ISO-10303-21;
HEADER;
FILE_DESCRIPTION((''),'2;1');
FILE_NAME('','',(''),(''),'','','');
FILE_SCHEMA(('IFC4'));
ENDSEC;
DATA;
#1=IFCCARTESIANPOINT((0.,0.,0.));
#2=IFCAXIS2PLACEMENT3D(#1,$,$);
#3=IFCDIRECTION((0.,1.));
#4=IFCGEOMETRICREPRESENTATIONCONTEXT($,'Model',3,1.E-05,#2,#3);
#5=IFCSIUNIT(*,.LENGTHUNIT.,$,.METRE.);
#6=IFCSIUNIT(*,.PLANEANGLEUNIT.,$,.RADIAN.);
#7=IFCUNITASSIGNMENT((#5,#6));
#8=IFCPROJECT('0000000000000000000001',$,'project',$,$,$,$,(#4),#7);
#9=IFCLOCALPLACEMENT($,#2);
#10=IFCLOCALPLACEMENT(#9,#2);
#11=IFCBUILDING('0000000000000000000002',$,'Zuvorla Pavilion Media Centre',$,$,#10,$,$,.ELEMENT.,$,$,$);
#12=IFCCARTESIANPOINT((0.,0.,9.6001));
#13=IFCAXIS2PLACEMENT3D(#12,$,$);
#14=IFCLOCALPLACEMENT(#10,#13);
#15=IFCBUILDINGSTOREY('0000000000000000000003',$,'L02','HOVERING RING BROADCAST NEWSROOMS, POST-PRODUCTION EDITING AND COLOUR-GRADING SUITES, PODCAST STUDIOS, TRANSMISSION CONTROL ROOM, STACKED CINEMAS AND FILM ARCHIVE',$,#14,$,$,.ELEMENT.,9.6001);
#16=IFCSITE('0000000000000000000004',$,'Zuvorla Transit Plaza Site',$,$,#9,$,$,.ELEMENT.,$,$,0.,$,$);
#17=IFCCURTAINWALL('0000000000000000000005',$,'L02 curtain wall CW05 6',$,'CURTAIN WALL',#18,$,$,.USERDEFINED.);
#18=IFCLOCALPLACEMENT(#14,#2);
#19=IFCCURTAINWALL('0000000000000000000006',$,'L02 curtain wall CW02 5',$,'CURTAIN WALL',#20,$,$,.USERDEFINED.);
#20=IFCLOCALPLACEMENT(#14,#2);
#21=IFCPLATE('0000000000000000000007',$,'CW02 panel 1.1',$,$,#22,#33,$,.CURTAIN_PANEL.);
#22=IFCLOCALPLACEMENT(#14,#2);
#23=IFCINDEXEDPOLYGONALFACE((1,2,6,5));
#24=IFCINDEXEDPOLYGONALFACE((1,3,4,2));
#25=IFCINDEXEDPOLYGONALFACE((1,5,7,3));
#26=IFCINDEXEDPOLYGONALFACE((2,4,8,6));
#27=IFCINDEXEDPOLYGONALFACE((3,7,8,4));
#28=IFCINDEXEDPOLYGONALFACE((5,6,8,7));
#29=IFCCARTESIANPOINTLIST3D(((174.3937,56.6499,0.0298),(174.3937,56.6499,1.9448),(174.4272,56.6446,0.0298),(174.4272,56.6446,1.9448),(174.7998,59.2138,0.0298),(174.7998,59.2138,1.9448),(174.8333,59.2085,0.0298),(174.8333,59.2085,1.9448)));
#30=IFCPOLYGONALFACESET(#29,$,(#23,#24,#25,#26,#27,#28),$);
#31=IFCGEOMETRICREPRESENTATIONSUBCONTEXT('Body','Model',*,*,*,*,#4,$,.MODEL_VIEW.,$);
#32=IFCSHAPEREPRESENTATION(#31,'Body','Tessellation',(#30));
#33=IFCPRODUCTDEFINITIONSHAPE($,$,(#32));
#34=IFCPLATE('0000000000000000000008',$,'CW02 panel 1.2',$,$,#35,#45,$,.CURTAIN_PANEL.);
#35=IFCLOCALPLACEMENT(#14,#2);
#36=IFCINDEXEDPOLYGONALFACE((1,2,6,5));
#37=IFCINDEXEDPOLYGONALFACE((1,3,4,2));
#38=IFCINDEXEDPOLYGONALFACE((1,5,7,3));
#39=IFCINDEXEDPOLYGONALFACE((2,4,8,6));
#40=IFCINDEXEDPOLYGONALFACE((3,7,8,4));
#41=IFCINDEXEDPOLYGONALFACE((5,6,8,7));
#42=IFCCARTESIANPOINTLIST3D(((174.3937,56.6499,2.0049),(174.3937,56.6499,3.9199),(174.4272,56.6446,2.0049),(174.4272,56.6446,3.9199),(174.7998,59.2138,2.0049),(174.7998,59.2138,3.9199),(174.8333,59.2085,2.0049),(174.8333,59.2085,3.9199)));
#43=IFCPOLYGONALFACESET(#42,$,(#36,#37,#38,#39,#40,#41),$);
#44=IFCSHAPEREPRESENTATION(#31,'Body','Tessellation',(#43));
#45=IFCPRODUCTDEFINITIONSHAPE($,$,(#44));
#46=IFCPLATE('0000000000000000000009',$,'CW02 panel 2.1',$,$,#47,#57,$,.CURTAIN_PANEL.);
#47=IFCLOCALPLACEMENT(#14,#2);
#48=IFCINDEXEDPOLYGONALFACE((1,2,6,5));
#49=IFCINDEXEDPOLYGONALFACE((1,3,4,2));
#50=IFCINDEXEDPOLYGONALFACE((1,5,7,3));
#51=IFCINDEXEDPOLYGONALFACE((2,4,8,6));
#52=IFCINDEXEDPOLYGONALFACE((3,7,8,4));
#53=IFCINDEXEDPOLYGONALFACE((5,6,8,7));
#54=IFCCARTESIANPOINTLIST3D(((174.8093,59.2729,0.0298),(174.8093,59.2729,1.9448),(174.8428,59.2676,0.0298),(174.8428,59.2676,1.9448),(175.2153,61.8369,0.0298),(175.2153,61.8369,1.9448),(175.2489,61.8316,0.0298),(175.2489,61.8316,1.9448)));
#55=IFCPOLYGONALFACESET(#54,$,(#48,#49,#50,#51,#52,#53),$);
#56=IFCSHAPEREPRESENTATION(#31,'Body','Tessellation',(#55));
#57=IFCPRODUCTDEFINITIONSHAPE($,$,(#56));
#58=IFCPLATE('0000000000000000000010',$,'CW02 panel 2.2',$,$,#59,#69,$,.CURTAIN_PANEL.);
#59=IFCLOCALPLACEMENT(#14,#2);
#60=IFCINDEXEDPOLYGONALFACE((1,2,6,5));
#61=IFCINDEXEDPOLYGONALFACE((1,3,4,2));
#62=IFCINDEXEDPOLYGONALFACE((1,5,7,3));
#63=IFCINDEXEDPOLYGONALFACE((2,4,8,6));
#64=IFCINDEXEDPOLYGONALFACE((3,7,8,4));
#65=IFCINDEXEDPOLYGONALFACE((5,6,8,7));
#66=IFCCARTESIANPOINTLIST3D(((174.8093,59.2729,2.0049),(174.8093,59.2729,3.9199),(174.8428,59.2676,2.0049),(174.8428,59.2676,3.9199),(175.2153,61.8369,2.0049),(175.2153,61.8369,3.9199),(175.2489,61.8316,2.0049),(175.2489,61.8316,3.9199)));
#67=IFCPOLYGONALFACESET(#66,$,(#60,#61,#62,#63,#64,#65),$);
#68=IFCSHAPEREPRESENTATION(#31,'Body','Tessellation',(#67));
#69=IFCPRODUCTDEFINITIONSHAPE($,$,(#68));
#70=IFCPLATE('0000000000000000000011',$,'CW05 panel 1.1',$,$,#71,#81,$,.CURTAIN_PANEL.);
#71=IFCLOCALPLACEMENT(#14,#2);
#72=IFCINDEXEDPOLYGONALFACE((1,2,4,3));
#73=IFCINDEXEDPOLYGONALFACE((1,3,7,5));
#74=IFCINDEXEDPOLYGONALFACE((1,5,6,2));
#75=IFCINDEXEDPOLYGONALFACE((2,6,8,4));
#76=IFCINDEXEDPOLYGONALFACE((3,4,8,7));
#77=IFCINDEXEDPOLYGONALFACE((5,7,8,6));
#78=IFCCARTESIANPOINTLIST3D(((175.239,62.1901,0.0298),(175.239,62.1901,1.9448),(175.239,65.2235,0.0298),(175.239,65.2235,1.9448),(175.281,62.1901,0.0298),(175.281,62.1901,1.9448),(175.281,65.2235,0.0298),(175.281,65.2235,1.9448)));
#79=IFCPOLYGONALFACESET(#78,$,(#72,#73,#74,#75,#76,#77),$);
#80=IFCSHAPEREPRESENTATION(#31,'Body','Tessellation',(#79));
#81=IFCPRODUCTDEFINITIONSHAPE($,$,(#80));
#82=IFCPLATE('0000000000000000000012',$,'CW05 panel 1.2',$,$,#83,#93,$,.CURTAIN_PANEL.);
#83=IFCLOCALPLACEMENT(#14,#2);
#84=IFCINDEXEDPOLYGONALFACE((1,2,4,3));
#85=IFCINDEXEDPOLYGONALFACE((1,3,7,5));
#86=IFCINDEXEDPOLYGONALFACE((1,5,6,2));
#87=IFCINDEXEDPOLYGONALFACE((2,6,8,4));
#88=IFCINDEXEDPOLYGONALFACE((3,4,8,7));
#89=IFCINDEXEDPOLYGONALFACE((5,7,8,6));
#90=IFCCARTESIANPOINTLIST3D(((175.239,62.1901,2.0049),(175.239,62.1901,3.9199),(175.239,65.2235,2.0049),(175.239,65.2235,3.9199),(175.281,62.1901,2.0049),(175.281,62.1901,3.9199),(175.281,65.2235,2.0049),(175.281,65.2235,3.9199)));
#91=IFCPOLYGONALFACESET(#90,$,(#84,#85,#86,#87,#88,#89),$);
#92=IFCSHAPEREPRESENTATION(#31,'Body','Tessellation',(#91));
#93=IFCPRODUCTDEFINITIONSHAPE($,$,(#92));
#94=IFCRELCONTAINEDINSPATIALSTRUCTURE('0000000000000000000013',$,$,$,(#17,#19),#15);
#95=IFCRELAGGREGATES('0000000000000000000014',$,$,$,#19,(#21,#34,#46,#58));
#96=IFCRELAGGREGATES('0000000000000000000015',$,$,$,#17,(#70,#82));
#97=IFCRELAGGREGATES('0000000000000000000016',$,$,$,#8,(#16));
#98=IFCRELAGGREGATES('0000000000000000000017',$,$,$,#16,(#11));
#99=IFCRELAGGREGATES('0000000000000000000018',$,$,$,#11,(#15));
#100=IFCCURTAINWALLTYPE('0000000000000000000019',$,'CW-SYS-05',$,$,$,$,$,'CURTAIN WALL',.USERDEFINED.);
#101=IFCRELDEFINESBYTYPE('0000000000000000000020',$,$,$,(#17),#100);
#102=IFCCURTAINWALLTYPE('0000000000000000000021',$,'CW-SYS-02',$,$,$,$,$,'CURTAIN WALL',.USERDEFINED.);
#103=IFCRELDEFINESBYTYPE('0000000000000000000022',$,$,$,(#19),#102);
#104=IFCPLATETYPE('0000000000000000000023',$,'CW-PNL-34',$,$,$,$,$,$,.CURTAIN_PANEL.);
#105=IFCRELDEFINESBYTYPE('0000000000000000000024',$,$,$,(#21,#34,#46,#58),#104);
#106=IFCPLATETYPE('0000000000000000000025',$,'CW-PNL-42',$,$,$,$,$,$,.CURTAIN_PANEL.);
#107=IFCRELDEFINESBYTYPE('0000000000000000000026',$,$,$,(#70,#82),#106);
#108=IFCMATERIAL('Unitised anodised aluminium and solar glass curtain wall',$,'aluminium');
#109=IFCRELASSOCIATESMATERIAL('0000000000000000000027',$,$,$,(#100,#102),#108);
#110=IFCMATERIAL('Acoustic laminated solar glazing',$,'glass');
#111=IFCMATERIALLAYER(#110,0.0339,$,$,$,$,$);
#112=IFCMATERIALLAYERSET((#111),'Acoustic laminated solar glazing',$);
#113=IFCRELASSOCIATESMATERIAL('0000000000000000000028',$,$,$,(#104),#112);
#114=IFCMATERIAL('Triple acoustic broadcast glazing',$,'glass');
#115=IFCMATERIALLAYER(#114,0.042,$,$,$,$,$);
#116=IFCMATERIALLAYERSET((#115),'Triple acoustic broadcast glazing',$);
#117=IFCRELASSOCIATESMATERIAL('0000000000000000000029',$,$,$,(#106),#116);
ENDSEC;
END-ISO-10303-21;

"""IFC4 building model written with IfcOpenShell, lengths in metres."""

from ifc_helpers import new_model, si_unit, direction, frame, origin, origin_2d, place, context, subcontext, project, spatial, rectangle, extrude, material, layer, layer_set, type_object, element, aggregate, save


model = new_model("IFC4")

# Units and contexts
model_context = context("Model", 3, precision=1e-05, world=origin(), true_north=direction((0.0, 1.0)))
body_context = subcontext(model_context, "Body", "Model", "MODEL_VIEW")
ifc_project = project(units=[si_unit("LENGTHUNIT", "METRE"), si_unit("PLANEANGLEUNIT", "RADIAN")], contexts=[model_context])

# Site, building, storey
site_placement = place(None, origin())
site = spatial("IfcSite", under=ifc_project, at=site_placement, Name="Zuvorla Transit Plaza Site", CompositionType="ELEMENT", RefElevation=0.0)
building_placement = place(site_placement, origin())
building = spatial("IfcBuilding", under=site, at=building_placement, Name="Zuvorla Pavilion Media Centre", CompositionType="ELEMENT")
storey_placement = place(building_placement, frame((0.0, 0.0, 9.6001)))
storey = spatial("IfcBuildingStorey", under=building, at=storey_placement, Name="L02", Description="HOVERING RING BROADCAST NEWSROOMS, POST-PRODUCTION EDITING AND COLOUR-GRADING SUITES, PODCAST STUDIOS, TRANSMISSION CONTROL ROOM, STACKED CINEMAS AND FILM ARCHIVE", CompositionType="ELEMENT", Elevation=9.6001)

# Shared definitions
ifc_material_1 = material(Name="Unitised anodised aluminium and solar glass curtain wall", Category="aluminium")

# Curtain walls
curtain_wall_type_1 = type_object("IfcCurtainWallType", Name="CW-SYS-05", ElementType="CURTAIN WALL", PredefinedType="USERDEFINED", material=ifc_material_1)
curtain_wall_1_placement = place(storey_placement, origin())
curtain_wall_1 = element("IfcCurtainWall", 1, at=curtain_wall_1_placement, inside=storey, type_object=curtain_wall_type_1, Name="L02 curtain wall CW05 6", ObjectType="CURTAIN WALL", PredefinedType="USERDEFINED")
curtain_wall_type_2 = type_object("IfcCurtainWallType", Name="CW-SYS-02", ElementType="CURTAIN WALL", PredefinedType="USERDEFINED", material=ifc_material_1)
curtain_wall_2_placement = place(storey_placement, origin())
curtain_wall_2 = element("IfcCurtainWall", 2, at=curtain_wall_2_placement, inside=storey, type_object=curtain_wall_type_2, Name="L02 curtain wall CW02 5", ObjectType="CURTAIN WALL", PredefinedType="USERDEFINED")

# Plates
ifc_material_2 = material(Name="Acoustic laminated solar glazing", Category="glass")
ifc_layer_1 = layer(ifc_material_2, 0.0339)
ifc_layer_set_1 = layer_set([ifc_layer_1], Name="Acoustic laminated solar glazing")
plate_type_1 = type_object("IfcPlateType", Name="CW-PNL-34", PredefinedType="CURTAIN_PANEL", material=ifc_layer_set_1)
plate_1_placement = place(storey_placement, frame((174.6135, 57.9292, 0.0298), z_axis=(0.0, 0.0, 1.0), x_axis=(0.156429, 0.987689, 0.0)))
plate_1 = element("IfcPlate", 3, at=plate_1_placement, type_object=plate_type_1, Name="CW02 panel 1.1", PredefinedType="CURTAIN_PANEL", context=body_context, shape_type="SweptSolid", body=[
    extrude(rectangle(XDim=2.5959, YDim=0.0339, at=origin_2d()), origin(), (0.0, 0.0, 1.0), 1.915),
])
plate_2_placement = place(storey_placement, frame((174.6135, 57.9292, 2.0049), z_axis=(0.0, 0.0, 1.0), x_axis=(0.156429, 0.987689, 0.0)))
plate_2 = element("IfcPlate", 4, at=plate_2_placement, type_object=plate_type_1, Name="CW02 panel 1.2", PredefinedType="CURTAIN_PANEL", context=body_context, shape_type="SweptSolid", body=[
    extrude(rectangle(XDim=2.5959, YDim=0.0339, at=origin_2d()), origin(), (0.0, 0.0, 1.0), 1.915),
])
plate_3_placement = place(storey_placement, frame((175.0291, 60.5522, 0.0298), z_axis=(0.0, 0.0, 1.0), x_axis=(0.156429, 0.987689, 0.0)))
plate_3 = element("IfcPlate", 5, at=plate_3_placement, type_object=plate_type_1, Name="CW02 panel 2.1", PredefinedType="CURTAIN_PANEL", context=body_context, shape_type="SweptSolid", body=[
    extrude(rectangle(XDim=2.5959, YDim=0.0339, at=origin_2d()), origin(), (0.0, 0.0, 1.0), 1.915),
])
plate_4_placement = place(storey_placement, frame((175.0291, 60.5522, 2.0049), z_axis=(0.0, 0.0, 1.0), x_axis=(0.156429, 0.987689, 0.0)))
plate_4 = element("IfcPlate", 6, at=plate_4_placement, type_object=plate_type_1, Name="CW02 panel 2.2", PredefinedType="CURTAIN_PANEL", context=body_context, shape_type="SweptSolid", body=[
    extrude(rectangle(XDim=2.5959, YDim=0.0339, at=origin_2d()), origin(), (0.0, 0.0, 1.0), 1.915),
])
aggregate(curtain_wall_2, [plate_1, plate_2, plate_3, plate_4])
ifc_material_3 = material(Name="Triple acoustic broadcast glazing", Category="glass")
ifc_layer_2 = layer(ifc_material_3, 0.042)
ifc_layer_set_2 = layer_set([ifc_layer_2], Name="Triple acoustic broadcast glazing")
plate_type_2 = type_object("IfcPlateType", Name="CW-PNL-42", PredefinedType="CURTAIN_PANEL", material=ifc_layer_set_2)
plate_5_placement = place(storey_placement, frame((175.26, 63.7068, 0.0298), z_axis=(0.0, 0.0, 1.0), x_axis=(0.0, 1.0, 0.0)))
plate_5 = element("IfcPlate", 7, at=plate_5_placement, type_object=plate_type_2, Name="CW05 panel 1.1", PredefinedType="CURTAIN_PANEL", context=body_context, shape_type="SweptSolid", body=[
    extrude(rectangle(XDim=3.0334, YDim=0.042, at=origin_2d()), origin(), (0.0, 0.0, 1.0), 1.915),
])
plate_6_placement = place(storey_placement, frame((175.26, 63.7068, 2.0049), z_axis=(0.0, 0.0, 1.0), x_axis=(0.0, 1.0, 0.0)))
plate_6 = element("IfcPlate", 8, at=plate_6_placement, type_object=plate_type_2, Name="CW05 panel 1.2", PredefinedType="CURTAIN_PANEL", context=body_context, shape_type="SweptSolid", body=[
    extrude(rectangle(XDim=3.0334, YDim=0.042, at=origin_2d()), origin(), (0.0, 0.0, 1.0), 1.915),
])
aggregate(curtain_wall_1, [plate_5, plate_6])

save(model, "model.ifc")
